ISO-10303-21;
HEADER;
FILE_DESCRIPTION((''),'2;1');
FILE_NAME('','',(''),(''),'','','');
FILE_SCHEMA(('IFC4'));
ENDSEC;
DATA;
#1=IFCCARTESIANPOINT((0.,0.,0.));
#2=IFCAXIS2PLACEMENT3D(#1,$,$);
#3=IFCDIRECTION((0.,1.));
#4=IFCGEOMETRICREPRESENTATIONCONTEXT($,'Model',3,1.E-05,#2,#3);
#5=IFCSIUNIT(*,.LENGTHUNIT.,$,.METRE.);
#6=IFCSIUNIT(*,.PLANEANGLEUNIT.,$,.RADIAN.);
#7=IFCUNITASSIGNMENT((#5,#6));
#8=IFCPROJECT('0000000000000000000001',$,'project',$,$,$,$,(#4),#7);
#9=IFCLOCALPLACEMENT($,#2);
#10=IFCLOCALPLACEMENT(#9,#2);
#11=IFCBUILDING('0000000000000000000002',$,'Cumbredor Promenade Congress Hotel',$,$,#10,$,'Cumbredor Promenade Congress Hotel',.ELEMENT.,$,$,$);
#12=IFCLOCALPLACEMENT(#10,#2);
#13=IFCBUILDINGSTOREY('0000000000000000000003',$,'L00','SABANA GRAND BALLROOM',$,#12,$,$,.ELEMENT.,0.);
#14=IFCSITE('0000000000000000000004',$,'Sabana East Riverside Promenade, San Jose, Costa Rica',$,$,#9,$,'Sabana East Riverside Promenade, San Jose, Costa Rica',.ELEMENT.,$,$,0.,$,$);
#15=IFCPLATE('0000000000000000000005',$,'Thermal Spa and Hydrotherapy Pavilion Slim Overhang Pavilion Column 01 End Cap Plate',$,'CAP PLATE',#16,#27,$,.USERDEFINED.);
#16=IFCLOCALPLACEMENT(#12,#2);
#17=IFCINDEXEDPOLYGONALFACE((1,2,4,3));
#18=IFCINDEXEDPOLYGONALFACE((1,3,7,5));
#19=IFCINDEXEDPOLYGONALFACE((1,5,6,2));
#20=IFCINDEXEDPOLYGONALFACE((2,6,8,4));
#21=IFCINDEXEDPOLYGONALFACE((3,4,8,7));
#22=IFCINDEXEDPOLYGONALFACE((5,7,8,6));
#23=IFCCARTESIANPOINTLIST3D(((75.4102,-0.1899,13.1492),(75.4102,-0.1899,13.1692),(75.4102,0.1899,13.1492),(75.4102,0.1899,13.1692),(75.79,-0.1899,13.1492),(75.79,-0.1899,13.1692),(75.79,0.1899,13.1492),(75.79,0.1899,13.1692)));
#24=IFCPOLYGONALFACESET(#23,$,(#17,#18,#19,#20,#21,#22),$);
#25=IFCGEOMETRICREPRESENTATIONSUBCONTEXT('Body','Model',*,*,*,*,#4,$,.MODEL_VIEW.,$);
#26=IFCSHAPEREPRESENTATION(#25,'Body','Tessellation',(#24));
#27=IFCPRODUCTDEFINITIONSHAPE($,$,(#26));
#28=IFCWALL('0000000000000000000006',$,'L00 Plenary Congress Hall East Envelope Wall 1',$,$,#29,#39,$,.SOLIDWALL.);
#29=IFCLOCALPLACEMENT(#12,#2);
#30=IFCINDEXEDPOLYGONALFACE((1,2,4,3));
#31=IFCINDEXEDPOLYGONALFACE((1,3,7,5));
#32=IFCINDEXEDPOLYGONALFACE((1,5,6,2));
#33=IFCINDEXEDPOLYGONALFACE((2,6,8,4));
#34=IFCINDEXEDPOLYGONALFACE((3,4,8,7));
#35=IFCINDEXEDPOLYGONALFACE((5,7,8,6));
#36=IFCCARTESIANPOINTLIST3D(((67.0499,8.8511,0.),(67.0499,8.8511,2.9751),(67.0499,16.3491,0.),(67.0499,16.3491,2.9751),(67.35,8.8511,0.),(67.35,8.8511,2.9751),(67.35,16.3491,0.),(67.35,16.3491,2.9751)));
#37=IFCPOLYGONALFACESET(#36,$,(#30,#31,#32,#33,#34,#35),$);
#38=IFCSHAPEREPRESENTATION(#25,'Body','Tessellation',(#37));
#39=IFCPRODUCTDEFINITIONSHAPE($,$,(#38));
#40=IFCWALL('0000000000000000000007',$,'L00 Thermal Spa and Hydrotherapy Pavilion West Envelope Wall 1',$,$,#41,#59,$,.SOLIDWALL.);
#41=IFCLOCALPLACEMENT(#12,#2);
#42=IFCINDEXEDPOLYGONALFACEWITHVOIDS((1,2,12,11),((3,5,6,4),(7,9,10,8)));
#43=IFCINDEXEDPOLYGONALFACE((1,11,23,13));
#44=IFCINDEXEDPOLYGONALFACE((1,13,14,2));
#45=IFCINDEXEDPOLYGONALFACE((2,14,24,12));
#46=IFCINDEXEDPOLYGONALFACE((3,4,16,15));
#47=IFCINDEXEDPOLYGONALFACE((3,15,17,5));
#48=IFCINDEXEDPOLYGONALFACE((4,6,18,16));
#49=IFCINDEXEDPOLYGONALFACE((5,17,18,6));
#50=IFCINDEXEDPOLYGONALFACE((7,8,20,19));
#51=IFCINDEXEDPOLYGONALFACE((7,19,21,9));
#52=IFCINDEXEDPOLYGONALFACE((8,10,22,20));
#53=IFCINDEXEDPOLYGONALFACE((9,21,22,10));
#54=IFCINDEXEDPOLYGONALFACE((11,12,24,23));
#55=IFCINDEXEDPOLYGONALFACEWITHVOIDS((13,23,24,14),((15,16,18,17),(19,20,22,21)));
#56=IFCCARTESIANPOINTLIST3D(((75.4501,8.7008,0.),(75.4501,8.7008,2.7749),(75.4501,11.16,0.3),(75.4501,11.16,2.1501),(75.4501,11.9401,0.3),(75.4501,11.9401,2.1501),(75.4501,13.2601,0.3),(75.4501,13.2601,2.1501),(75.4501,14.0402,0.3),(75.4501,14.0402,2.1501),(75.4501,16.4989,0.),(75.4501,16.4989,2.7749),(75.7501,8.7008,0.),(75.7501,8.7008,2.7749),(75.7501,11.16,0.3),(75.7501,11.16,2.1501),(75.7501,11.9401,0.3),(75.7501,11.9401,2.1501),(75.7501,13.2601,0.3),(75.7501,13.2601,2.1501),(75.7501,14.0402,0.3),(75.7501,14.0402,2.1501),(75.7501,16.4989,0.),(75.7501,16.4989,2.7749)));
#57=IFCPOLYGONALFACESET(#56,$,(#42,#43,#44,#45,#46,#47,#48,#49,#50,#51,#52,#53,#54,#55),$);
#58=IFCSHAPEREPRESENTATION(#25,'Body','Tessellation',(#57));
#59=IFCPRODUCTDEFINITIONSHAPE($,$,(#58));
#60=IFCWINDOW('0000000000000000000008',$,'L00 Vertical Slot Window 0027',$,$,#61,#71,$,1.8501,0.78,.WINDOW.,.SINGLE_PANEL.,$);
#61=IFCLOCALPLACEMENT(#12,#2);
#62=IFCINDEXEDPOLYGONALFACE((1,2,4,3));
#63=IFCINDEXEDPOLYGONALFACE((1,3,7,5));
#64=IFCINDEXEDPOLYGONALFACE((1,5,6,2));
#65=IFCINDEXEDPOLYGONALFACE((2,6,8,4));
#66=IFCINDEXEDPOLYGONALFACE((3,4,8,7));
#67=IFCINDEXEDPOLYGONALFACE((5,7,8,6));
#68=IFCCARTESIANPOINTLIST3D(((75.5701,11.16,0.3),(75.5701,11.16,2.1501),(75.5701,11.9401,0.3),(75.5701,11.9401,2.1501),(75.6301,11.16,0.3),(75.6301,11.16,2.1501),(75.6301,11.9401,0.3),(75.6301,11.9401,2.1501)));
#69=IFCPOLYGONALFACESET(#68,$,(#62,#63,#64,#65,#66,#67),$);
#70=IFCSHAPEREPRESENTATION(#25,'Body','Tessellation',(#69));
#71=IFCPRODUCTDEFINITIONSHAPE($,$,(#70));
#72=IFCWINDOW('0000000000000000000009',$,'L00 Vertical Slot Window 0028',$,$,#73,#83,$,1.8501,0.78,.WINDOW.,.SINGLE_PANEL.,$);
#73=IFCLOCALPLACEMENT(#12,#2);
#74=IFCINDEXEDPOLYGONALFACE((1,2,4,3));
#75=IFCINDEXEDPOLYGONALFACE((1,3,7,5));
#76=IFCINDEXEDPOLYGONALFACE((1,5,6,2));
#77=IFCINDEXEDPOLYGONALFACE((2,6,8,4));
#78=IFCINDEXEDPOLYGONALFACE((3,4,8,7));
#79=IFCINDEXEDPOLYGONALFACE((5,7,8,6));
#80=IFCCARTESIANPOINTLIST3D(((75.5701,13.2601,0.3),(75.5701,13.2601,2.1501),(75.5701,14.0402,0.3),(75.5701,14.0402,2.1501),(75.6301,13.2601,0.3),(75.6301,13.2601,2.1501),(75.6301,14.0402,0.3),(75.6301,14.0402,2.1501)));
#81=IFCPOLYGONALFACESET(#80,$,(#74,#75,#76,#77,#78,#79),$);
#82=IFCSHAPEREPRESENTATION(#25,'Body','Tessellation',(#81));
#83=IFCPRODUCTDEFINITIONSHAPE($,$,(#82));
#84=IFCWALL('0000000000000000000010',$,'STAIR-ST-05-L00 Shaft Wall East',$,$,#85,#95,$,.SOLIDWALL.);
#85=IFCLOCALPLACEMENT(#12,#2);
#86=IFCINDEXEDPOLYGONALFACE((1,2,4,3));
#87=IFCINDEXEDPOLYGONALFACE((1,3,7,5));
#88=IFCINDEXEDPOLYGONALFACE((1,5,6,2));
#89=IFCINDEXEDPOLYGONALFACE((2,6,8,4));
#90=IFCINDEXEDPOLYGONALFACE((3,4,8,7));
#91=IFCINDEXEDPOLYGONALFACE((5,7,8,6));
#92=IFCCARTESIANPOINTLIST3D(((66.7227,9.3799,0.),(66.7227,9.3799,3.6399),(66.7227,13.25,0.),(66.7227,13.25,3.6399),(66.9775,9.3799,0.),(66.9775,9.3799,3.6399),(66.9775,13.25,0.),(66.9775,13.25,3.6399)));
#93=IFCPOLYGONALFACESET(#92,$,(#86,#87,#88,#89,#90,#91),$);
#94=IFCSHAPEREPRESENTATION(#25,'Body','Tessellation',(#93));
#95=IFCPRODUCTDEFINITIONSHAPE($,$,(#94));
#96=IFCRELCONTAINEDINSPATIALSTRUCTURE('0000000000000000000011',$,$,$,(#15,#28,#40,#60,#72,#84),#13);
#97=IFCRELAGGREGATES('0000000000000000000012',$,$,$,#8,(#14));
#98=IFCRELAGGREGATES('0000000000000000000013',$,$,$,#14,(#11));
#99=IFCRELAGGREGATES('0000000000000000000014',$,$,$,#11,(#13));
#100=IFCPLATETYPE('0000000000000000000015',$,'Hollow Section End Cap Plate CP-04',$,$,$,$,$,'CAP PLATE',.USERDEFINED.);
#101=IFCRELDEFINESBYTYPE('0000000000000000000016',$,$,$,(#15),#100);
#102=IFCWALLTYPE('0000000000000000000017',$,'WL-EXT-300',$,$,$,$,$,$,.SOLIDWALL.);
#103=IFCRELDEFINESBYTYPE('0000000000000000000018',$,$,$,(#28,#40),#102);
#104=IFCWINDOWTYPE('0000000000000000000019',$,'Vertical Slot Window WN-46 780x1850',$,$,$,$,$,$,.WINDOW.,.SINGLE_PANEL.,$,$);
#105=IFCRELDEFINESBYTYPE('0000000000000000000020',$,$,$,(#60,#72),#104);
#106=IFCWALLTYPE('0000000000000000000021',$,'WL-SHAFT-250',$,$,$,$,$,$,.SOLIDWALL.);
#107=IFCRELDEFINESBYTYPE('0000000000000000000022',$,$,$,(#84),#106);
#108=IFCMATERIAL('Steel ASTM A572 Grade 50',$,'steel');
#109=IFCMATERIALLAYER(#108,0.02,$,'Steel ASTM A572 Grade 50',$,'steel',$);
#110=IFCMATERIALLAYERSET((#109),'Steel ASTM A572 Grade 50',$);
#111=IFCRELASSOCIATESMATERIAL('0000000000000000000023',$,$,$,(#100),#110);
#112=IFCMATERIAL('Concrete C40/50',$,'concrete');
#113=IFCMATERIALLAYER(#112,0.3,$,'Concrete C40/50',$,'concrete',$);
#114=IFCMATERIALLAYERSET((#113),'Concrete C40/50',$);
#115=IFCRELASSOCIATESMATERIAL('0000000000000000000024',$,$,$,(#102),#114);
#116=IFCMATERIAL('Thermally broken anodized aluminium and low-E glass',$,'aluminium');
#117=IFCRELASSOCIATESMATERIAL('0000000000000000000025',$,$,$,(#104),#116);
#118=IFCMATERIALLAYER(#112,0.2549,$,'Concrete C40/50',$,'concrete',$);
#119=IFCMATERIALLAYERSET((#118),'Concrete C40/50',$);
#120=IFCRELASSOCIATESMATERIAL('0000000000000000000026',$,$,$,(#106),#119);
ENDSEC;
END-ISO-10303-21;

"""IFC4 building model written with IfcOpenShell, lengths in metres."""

from ifc_helpers import new_model, si_unit, direction, frame, frame_2d, origin, origin_2d, place, context, subcontext, project, spatial, rectangle, extrude, material, layer, layer_set, type_object, element, fill, save


model = new_model("IFC4")

# Units and contexts
model_context = context("Model", 3, precision=1e-05, world=origin(), true_north=direction((0.0, 1.0)))
body_context = subcontext(model_context, "Body", "Model", "MODEL_VIEW")
ifc_project = project(units=[si_unit("LENGTHUNIT", "METRE"), si_unit("PLANEANGLEUNIT", "RADIAN")], contexts=[model_context])

# Site, building, storey
site_placement = place(None, origin())
site = spatial("IfcSite", under=ifc_project, at=site_placement, Name="Sabana East Riverside Promenade, San Jose, Costa Rica", LongName="Sabana East Riverside Promenade, San Jose, Costa Rica", CompositionType="ELEMENT", RefElevation=0.0)
building_placement = place(site_placement, origin())
building = spatial("IfcBuilding", under=site, at=building_placement, Name="Cumbredor Promenade Congress Hotel", LongName="Cumbredor Promenade Congress Hotel", CompositionType="ELEMENT")
storey_placement = place(building_placement, origin())
storey = spatial("IfcBuildingStorey", under=building, at=storey_placement, Name="L00", Description="SABANA GRAND BALLROOM", CompositionType="ELEMENT", Elevation=0.0)

# Shared definitions
ifc_material_1 = material(Name="Concrete C40/50", Category="concrete")

# Plate
ifc_material_2 = material(Name="Steel ASTM A572 Grade 50", Category="steel")
ifc_layer_1 = layer(ifc_material_2, 0.02, Name="Steel ASTM A572 Grade 50", Category="steel")
ifc_layer_set_1 = layer_set([ifc_layer_1], Name="Steel ASTM A572 Grade 50")
plate_type = type_object("IfcPlateType", Name="Hollow Section End Cap Plate CP-04", ElementType="CAP PLATE", PredefinedType="USERDEFINED", material=ifc_layer_set_1)
for number, where, z_axis, x_axis, name in (
    (1, (75.6001, 0.0, 13.1492), (0.0, 0.0, 1.0), (1.0, 0.0, 0.0), "Thermal Spa and Hydrotherapy Pavilion Slim Overhang Pavilion Column 01 End Cap Plate"),
):
    element("IfcPlate", number, at=place(storey_placement, frame(where, z_axis=z_axis, x_axis=x_axis)), inside=storey, type_object=plate_type, Name=name, ObjectType="CAP PLATE", PredefinedType="USERDEFINED", context=body_context, shape_type="SweptSolid", body=[
        extrude(rectangle(XDim=0.3799, YDim=0.3799, at=origin_2d()), origin(), (0.0, 0.0, 1.0), 0.02),
    ])

# Wall
ifc_layer_2 = layer(ifc_material_1, 0.3, Name="Concrete C40/50", Category="concrete")
ifc_layer_set_2 = layer_set([ifc_layer_2], Name="Concrete C40/50")
wall_type_1 = type_object("IfcWallType", Name="WL-EXT-300", PredefinedType="SOLIDWALL", material=ifc_layer_set_2)
wall_1_placement = place(storey_placement, frame((67.2, 8.8511, 0.0), z_axis=(0.0, 0.0, 1.0), x_axis=(0.0, 1.0, 0.0)))
element("IfcWall", 2, at=wall_1_placement, inside=storey, type_object=wall_type_1, Name="L00 Plenary Congress Hall East Envelope Wall 1", PredefinedType="SOLIDWALL", context=body_context, shape_type="SweptSolid", body=[
    extrude(rectangle(XDim=7.498, YDim=0.3, at=frame_2d((3.749, 0.0))), origin(), (0.0, 0.0, 1.0), 2.9751),
])

# Wall, openings, windows
wall_2_placement = place(storey_placement, frame((75.6001, 8.7009, 0.0), z_axis=(0.0, 0.0, 1.0), x_axis=(0.0, 1.0, 0.0)))
wall_2 = element("IfcWall", 3, at=wall_2_placement, inside=storey, type_object=wall_type_1, Name="L00 Thermal Spa and Hydrotherapy Pavilion West Envelope Wall 1", PredefinedType="SOLIDWALL", context=body_context, shape_type="SweptSolid", body=[
    extrude(rectangle(XDim=7.7981, YDim=0.3, at=frame_2d((3.8989, 0.0))), origin(), (0.0, 0.0, 1.0), 2.7749),
])
opening_1_placement = place(wall_2_placement, frame((2.459, 0.0, 0.3)))
opening_1 = element("IfcOpeningElement", 4, at=opening_1_placement, cuts=wall_2, PredefinedType="OPENING", context=body_context, shape_type="SweptSolid", body=[
    extrude(rectangle(XDim=0.78, YDim=1.8501, at=frame_2d((0.3901, 0.925))), frame((0.0, 0.1602, 0.0), z_axis=(0.0, -1.0, 0.0), x_axis=(1.0, 0.0, 0.0)), (0.0, 0.0, 1.0), 0.3201),
])
opening_2_placement = place(wall_2_placement, frame((4.5591, 0.0, 0.3)))
opening_2 = element("IfcOpeningElement", 5, at=opening_2_placement, cuts=wall_2, PredefinedType="OPENING", context=body_context, shape_type="SweptSolid", body=[
    extrude(rectangle(XDim=0.78, YDim=1.8501, at=frame_2d((0.3901, 0.925))), frame((0.0, 0.1602, 0.0), z_axis=(0.0, -1.0, 0.0), x_axis=(1.0, 0.0, 0.0)), (0.0, 0.0, 1.0), 0.3201),
])
ifc_material_3 = material(Name="Thermally broken anodized aluminium and low-E glass", Category="aluminium")
window_type = type_object("IfcWindowType", Name="Vertical Slot Window WN-46 780x1850", PartitioningType="SINGLE_PANEL", PredefinedType="WINDOW", material=ifc_material_3)
window_1_placement = place(opening_1_placement, origin())
window_1 = element("IfcWindow", 6, at=window_1_placement, inside=storey, type_object=window_type, Name="L00 Vertical Slot Window 0027", OverallHeight=1.8501, OverallWidth=0.78, PartitioningType="SINGLE_PANEL", PredefinedType="WINDOW", context=body_context, shape_type="SweptSolid", body=[
    extrude(rectangle(XDim=0.78, YDim=1.8501, at=frame_2d((0.3901, 0.925))), frame((0.0, 0.03, 0.0), z_axis=(0.0, -1.0, 0.0), x_axis=(1.0, 0.0, 0.0)), (0.0, 0.0, 1.0), 0.0601),
])
fill(opening_1, window_1)
window_2_placement = place(opening_2_placement, origin())
window_2 = element("IfcWindow", 7, at=window_2_placement, inside=storey, type_object=window_type, Name="L00 Vertical Slot Window 0028", OverallHeight=1.8501, OverallWidth=0.78, PartitioningType="SINGLE_PANEL", PredefinedType="WINDOW", context=body_context, shape_type="SweptSolid", body=[
    extrude(rectangle(XDim=0.78, YDim=1.8501, at=frame_2d((0.3901, 0.925))), frame((0.0, 0.03, 0.0), z_axis=(0.0, -1.0, 0.0), x_axis=(1.0, 0.0, 0.0)), (0.0, 0.0, 1.0), 0.0601),
])
fill(opening_2, window_2)

# Wall
ifc_layer_3 = layer(ifc_material_1, 0.2549, Name="Concrete C40/50", Category="concrete")
ifc_layer_set_3 = layer_set([ifc_layer_3], Name="Concrete C40/50")
wall_type_2 = type_object("IfcWallType", Name="WL-SHAFT-250", PredefinedType="SOLIDWALL", material=ifc_layer_set_3)
wall_3_placement = place(storey_placement, frame((66.8501, 9.3799, 0.0), z_axis=(0.0, 0.0, 1.0), x_axis=(0.0, 1.0, 0.0)))
element("IfcWall", 8, at=wall_3_placement, inside=storey, type_object=wall_type_2, Name="STAIR-ST-05-L00 Shaft Wall East", PredefinedType="SOLIDWALL", context=body_context, shape_type="SweptSolid", body=[
    extrude(rectangle(XDim=3.8701, YDim=0.2549, at=frame_2d((1.9351, 0.0))), origin(), (0.0, 0.0, 1.0), 3.6399),
])

save(model, "model.ifc")
